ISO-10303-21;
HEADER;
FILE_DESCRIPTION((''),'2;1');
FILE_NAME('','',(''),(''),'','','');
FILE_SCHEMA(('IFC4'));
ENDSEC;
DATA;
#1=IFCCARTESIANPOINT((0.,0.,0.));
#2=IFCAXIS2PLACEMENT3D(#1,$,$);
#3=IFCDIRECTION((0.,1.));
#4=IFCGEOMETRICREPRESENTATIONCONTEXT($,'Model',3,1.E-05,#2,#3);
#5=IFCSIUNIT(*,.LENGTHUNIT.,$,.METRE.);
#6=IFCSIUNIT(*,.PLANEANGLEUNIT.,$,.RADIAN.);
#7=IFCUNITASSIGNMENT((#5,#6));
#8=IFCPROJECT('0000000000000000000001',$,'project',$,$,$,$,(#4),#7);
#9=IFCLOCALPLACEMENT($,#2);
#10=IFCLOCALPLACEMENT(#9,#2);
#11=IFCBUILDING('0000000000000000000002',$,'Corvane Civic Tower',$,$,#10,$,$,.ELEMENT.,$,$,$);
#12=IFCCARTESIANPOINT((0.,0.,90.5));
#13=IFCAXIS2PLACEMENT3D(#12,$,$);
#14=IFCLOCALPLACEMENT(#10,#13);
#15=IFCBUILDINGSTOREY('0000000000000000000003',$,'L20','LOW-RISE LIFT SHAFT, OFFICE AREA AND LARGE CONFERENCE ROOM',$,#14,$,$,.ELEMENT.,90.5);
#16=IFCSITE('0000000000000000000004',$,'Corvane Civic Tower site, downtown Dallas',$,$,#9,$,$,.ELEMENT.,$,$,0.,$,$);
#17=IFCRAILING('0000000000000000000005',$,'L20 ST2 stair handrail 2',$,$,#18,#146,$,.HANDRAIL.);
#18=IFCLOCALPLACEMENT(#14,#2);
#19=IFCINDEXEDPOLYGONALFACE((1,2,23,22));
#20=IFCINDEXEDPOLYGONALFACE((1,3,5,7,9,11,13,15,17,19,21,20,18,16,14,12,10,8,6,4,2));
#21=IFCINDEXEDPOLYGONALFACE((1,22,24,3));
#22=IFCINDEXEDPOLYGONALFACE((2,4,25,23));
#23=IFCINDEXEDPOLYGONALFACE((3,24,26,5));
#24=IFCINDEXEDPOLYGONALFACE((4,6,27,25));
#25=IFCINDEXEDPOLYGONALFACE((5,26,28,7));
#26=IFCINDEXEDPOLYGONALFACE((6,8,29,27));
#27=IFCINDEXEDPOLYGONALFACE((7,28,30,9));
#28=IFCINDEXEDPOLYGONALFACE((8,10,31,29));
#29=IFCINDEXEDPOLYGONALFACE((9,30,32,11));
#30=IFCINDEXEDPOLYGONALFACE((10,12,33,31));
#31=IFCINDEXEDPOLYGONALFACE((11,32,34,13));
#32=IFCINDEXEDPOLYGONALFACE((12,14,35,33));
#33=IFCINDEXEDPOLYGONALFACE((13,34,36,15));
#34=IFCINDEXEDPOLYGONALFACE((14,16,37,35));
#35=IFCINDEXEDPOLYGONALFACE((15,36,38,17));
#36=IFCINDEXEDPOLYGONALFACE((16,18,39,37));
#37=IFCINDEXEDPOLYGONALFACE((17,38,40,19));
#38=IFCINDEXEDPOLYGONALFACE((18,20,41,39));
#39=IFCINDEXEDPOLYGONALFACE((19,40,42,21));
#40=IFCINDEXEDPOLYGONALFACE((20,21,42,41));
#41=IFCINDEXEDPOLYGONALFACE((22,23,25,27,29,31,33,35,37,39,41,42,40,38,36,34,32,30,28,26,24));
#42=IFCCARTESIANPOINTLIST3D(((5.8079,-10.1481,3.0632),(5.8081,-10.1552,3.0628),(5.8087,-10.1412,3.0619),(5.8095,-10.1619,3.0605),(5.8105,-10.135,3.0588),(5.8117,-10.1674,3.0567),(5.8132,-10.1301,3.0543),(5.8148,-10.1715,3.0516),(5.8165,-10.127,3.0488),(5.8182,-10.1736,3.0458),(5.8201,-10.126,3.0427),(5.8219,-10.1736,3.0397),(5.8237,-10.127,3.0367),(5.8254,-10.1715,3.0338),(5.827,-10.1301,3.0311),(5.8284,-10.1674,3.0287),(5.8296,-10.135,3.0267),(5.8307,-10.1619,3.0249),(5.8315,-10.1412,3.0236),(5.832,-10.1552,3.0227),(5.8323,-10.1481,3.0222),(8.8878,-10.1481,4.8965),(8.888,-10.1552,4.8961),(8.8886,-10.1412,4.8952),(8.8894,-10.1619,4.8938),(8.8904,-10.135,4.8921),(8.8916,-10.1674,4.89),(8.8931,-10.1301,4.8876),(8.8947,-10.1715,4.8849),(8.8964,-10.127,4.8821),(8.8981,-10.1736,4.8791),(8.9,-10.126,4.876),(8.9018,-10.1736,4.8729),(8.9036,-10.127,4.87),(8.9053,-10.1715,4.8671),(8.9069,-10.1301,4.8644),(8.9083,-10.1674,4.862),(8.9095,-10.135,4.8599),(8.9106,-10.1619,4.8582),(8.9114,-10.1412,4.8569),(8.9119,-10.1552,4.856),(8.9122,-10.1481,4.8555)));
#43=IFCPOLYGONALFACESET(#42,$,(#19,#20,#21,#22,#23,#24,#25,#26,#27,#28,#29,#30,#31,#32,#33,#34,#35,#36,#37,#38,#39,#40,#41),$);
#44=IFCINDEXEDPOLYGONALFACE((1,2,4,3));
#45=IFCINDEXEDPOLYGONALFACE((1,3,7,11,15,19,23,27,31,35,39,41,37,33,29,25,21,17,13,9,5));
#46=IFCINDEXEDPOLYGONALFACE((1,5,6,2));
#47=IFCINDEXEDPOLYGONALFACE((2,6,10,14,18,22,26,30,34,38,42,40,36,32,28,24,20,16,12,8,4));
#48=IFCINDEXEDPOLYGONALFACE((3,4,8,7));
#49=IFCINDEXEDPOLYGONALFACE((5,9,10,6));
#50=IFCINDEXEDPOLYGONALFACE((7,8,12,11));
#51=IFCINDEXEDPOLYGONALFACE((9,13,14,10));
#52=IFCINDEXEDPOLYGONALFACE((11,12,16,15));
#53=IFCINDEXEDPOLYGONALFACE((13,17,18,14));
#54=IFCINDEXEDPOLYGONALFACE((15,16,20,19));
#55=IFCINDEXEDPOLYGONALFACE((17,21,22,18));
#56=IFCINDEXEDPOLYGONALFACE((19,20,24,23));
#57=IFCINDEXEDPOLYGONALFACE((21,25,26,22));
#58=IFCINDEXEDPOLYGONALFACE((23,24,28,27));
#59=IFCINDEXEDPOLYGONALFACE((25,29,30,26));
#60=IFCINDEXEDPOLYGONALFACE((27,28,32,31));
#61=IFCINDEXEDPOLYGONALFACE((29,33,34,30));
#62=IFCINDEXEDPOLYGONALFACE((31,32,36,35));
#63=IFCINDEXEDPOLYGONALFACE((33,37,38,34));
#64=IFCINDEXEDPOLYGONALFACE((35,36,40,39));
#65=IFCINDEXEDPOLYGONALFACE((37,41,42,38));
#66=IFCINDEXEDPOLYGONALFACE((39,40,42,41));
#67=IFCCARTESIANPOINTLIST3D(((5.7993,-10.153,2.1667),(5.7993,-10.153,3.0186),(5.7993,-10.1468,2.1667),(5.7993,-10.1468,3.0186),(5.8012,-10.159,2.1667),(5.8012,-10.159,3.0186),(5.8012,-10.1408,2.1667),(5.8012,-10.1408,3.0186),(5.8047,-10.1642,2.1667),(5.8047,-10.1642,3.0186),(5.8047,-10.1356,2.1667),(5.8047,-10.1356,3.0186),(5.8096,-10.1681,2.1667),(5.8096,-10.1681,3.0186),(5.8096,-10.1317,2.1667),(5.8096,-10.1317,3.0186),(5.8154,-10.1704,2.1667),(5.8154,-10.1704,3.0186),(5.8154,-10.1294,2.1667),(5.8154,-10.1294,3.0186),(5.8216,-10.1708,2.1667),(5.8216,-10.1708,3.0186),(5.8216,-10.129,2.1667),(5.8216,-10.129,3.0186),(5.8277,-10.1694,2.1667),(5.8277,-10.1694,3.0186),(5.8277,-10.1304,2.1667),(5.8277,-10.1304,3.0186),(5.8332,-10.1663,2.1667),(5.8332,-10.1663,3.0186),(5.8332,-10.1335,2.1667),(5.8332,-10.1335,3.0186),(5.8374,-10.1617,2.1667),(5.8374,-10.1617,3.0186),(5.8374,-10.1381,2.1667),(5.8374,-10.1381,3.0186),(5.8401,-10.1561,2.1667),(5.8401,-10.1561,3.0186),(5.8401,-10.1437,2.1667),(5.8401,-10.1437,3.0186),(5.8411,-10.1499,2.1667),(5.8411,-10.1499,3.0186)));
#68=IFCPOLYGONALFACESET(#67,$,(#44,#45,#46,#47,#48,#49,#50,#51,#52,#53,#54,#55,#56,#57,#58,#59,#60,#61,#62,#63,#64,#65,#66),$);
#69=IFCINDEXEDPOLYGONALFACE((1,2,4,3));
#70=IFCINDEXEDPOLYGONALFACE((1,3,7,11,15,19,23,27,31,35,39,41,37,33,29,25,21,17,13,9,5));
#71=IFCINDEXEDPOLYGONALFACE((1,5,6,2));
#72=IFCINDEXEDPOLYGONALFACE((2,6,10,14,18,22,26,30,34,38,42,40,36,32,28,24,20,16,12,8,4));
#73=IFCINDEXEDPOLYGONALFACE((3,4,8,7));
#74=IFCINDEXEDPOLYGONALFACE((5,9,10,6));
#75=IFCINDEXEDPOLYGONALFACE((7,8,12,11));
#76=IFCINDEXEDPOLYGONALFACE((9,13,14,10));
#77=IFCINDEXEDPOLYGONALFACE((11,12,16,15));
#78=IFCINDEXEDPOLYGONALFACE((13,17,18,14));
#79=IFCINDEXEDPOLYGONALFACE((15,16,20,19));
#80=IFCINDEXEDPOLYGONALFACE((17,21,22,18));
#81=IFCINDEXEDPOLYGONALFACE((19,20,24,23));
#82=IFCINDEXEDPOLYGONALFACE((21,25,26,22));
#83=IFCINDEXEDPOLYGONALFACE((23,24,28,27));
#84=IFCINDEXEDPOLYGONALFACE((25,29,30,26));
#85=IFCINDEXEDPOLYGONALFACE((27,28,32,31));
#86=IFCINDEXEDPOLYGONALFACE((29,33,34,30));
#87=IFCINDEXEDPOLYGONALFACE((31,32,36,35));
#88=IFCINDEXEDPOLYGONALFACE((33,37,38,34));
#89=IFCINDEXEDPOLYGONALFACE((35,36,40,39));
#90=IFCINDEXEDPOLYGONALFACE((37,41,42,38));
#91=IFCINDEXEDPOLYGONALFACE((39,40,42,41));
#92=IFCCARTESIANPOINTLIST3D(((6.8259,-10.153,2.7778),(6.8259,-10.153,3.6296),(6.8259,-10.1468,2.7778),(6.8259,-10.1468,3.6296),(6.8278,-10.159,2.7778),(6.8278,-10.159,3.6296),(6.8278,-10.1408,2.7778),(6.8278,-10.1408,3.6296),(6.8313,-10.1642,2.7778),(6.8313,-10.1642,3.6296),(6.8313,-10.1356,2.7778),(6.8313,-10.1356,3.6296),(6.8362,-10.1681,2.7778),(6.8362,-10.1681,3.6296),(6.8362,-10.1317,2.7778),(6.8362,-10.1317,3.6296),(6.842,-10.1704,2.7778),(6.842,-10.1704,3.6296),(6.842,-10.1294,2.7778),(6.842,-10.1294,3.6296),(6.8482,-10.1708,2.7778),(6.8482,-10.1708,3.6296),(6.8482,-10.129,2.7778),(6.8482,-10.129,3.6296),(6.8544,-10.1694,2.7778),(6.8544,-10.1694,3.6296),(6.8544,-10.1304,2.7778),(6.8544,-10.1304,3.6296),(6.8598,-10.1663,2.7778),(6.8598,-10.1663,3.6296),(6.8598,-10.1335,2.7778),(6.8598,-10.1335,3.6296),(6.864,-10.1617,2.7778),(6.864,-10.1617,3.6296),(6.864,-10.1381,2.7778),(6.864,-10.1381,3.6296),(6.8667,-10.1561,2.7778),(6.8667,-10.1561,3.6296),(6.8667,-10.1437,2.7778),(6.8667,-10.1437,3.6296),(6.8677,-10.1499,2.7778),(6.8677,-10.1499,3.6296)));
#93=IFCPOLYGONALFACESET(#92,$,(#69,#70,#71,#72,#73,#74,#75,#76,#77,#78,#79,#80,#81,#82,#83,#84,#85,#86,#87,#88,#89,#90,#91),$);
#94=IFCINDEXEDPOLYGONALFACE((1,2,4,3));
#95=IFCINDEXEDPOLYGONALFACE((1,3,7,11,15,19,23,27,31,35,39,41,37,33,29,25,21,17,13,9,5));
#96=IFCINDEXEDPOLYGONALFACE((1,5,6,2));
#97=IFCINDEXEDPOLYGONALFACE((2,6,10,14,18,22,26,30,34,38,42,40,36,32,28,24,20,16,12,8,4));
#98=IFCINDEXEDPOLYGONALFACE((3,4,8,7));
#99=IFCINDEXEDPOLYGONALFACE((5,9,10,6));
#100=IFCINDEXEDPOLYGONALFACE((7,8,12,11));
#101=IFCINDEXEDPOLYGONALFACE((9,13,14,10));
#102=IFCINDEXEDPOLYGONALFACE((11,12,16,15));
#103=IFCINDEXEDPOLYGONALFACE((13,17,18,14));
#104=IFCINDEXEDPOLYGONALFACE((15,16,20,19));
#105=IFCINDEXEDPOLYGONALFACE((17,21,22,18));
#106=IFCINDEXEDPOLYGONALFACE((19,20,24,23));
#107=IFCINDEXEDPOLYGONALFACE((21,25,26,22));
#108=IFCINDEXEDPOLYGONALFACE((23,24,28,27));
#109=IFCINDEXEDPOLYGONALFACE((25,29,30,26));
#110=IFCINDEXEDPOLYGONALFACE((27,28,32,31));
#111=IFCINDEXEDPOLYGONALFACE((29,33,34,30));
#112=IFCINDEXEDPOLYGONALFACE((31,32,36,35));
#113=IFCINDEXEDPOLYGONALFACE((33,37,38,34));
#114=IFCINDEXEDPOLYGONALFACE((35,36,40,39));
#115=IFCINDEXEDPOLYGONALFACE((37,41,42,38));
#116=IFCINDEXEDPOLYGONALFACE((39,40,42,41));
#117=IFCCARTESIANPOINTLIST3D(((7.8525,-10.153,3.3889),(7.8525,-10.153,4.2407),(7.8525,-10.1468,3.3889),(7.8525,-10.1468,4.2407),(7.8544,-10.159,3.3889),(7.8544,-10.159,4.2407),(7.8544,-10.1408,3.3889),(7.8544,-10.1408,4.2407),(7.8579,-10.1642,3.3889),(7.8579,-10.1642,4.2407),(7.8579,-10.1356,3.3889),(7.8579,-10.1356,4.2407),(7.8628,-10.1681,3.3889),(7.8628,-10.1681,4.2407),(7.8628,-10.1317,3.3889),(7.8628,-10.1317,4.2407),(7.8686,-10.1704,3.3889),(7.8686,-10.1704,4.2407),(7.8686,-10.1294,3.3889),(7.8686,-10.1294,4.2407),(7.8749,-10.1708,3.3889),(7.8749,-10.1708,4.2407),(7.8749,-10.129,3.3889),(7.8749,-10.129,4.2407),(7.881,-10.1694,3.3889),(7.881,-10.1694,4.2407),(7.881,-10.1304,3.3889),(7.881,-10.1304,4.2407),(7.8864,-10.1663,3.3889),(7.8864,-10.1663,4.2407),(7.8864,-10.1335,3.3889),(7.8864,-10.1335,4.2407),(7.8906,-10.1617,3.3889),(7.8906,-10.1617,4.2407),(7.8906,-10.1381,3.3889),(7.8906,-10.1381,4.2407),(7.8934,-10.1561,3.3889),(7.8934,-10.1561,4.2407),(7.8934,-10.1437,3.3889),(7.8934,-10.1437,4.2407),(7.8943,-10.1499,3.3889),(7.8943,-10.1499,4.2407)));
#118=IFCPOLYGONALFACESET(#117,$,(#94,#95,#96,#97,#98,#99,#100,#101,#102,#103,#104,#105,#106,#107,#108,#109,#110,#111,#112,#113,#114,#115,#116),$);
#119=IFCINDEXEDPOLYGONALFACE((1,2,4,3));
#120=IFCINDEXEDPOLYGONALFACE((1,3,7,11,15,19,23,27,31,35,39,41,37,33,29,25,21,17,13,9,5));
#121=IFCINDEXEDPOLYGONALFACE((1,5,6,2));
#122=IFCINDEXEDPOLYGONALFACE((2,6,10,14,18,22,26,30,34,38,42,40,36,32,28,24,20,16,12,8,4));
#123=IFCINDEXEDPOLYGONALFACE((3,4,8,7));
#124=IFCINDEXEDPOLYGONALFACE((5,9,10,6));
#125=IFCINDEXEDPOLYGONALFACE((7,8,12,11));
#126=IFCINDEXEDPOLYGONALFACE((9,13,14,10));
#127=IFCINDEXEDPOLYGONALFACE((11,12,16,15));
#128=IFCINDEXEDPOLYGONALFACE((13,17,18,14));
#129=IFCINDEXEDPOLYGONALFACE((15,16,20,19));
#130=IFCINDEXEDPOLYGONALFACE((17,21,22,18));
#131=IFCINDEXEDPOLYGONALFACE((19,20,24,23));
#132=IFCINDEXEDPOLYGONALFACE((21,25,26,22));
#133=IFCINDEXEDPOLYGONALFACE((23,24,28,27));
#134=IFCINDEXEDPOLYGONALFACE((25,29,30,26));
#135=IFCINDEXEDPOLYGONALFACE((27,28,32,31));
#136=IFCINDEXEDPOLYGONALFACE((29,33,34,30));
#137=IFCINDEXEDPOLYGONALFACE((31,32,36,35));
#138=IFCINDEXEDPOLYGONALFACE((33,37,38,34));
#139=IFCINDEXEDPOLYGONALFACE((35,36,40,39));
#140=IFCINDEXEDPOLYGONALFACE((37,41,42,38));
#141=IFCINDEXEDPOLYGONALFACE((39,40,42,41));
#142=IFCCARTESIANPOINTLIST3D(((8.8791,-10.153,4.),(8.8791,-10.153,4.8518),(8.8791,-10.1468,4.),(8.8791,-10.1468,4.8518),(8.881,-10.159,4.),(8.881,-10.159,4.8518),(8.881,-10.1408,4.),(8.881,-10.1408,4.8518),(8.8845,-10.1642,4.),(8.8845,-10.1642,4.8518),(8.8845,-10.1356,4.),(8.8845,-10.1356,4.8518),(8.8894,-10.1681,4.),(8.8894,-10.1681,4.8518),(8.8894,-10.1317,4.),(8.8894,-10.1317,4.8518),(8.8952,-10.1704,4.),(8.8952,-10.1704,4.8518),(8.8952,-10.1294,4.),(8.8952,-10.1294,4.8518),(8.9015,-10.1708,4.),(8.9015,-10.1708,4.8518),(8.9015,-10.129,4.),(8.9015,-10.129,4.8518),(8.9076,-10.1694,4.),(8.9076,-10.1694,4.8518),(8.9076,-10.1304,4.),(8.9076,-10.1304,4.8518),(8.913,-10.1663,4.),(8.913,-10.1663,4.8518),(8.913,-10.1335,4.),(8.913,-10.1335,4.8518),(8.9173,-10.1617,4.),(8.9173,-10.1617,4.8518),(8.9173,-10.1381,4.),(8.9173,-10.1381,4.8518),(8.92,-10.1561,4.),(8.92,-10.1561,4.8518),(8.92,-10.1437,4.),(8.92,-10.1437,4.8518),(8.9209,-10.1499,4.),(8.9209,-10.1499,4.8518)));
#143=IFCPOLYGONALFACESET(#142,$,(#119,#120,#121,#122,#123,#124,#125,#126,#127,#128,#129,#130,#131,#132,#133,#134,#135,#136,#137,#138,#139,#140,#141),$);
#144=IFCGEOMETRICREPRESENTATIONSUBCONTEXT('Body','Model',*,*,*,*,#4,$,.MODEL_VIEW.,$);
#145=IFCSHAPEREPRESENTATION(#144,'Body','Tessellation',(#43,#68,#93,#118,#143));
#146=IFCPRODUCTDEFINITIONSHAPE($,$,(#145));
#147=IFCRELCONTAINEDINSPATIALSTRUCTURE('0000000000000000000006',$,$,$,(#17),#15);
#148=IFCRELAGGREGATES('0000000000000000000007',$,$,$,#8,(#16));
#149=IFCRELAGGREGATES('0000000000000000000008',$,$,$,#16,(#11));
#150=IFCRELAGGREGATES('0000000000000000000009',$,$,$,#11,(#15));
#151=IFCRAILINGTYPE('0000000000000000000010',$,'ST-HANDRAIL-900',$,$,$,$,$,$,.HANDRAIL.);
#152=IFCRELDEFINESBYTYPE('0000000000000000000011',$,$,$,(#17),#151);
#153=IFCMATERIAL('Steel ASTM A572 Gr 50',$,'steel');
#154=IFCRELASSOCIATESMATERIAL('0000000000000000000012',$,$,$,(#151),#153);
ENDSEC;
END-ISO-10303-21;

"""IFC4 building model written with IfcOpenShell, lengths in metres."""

from ifc_helpers import new_model, si_unit, direction, frame, origin, origin_2d, place, context, subcontext, project, spatial, circle, extrude, material, type_object, element, save


model = new_model("IFC4")

# Units and contexts
model_context = context("Model", 3, precision=1e-05, world=origin(), true_north=direction((0.0, 1.0)))
body_context = subcontext(model_context, "Body", "Model", "MODEL_VIEW")
ifc_project = project(units=[si_unit("LENGTHUNIT", "METRE"), si_unit("PLANEANGLEUNIT", "RADIAN")], contexts=[model_context])

# Site, building, storey
site_placement = place(None, origin())
site = spatial("IfcSite", under=ifc_project, at=site_placement, Name="Corvane Civic Tower site, downtown Dallas", CompositionType="ELEMENT", RefElevation=0.0)
building_placement = place(site_placement, origin())
building = spatial("IfcBuilding", under=site, at=building_placement, Name="Corvane Civic Tower", CompositionType="ELEMENT")
storey_placement = place(building_placement, frame((0.0, 0.0, 90.5)))
storey = spatial("IfcBuildingStorey", under=building, at=storey_placement, Name="L20", Description="LOW-RISE LIFT SHAFT, OFFICE AREA AND LARGE CONFERENCE ROOM", CompositionType="ELEMENT", Elevation=90.5)

# Railing
ifc_material_1 = material(Name="Steel ASTM A572 Gr 50", Category="steel")
railing_type_1 = type_object("IfcRailingType", Name="ST-HANDRAIL-900", PredefinedType="HANDRAIL", material=ifc_material_1)
railing_1_placement = place(storey_placement, frame((5.8201, -10.1499, 2.1667)))
element("IfcRailing", 1, at=railing_1_placement, inside=storey, type_object=railing_type_1, Name="L20 ST2 stair handrail 2", PredefinedType="HANDRAIL", context=body_context, shape_type="SweptSolid", body=[
    extrude(circle(Radius=0.0239, at=origin_2d()), frame((0.0, 0.0, 0.876), z_axis=(0.859291, 0.0, 0.511487), x_axis=(0.0, 1.0, 0.0)), (0.0, 0.0, 1.0), 3.5842),
    extrude(circle(Radius=0.021, at=origin_2d()), origin(), (0.0, 0.0, 1.0), 0.8518),
    extrude(circle(Radius=0.021, at=origin_2d()), frame((1.0266, 0.0, 0.6111)), (0.0, 0.0, 1.0), 0.8518),
    extrude(circle(Radius=0.021, at=origin_2d()), frame((2.0532, 0.0, 1.2222)), (0.0, 0.0, 1.0), 0.8518),
    extrude(circle(Radius=0.021, at=origin_2d()), frame((3.0798, 0.0, 1.8333)), (0.0, 0.0, 1.0), 0.8518),
])

save(model, "model.ifc")
